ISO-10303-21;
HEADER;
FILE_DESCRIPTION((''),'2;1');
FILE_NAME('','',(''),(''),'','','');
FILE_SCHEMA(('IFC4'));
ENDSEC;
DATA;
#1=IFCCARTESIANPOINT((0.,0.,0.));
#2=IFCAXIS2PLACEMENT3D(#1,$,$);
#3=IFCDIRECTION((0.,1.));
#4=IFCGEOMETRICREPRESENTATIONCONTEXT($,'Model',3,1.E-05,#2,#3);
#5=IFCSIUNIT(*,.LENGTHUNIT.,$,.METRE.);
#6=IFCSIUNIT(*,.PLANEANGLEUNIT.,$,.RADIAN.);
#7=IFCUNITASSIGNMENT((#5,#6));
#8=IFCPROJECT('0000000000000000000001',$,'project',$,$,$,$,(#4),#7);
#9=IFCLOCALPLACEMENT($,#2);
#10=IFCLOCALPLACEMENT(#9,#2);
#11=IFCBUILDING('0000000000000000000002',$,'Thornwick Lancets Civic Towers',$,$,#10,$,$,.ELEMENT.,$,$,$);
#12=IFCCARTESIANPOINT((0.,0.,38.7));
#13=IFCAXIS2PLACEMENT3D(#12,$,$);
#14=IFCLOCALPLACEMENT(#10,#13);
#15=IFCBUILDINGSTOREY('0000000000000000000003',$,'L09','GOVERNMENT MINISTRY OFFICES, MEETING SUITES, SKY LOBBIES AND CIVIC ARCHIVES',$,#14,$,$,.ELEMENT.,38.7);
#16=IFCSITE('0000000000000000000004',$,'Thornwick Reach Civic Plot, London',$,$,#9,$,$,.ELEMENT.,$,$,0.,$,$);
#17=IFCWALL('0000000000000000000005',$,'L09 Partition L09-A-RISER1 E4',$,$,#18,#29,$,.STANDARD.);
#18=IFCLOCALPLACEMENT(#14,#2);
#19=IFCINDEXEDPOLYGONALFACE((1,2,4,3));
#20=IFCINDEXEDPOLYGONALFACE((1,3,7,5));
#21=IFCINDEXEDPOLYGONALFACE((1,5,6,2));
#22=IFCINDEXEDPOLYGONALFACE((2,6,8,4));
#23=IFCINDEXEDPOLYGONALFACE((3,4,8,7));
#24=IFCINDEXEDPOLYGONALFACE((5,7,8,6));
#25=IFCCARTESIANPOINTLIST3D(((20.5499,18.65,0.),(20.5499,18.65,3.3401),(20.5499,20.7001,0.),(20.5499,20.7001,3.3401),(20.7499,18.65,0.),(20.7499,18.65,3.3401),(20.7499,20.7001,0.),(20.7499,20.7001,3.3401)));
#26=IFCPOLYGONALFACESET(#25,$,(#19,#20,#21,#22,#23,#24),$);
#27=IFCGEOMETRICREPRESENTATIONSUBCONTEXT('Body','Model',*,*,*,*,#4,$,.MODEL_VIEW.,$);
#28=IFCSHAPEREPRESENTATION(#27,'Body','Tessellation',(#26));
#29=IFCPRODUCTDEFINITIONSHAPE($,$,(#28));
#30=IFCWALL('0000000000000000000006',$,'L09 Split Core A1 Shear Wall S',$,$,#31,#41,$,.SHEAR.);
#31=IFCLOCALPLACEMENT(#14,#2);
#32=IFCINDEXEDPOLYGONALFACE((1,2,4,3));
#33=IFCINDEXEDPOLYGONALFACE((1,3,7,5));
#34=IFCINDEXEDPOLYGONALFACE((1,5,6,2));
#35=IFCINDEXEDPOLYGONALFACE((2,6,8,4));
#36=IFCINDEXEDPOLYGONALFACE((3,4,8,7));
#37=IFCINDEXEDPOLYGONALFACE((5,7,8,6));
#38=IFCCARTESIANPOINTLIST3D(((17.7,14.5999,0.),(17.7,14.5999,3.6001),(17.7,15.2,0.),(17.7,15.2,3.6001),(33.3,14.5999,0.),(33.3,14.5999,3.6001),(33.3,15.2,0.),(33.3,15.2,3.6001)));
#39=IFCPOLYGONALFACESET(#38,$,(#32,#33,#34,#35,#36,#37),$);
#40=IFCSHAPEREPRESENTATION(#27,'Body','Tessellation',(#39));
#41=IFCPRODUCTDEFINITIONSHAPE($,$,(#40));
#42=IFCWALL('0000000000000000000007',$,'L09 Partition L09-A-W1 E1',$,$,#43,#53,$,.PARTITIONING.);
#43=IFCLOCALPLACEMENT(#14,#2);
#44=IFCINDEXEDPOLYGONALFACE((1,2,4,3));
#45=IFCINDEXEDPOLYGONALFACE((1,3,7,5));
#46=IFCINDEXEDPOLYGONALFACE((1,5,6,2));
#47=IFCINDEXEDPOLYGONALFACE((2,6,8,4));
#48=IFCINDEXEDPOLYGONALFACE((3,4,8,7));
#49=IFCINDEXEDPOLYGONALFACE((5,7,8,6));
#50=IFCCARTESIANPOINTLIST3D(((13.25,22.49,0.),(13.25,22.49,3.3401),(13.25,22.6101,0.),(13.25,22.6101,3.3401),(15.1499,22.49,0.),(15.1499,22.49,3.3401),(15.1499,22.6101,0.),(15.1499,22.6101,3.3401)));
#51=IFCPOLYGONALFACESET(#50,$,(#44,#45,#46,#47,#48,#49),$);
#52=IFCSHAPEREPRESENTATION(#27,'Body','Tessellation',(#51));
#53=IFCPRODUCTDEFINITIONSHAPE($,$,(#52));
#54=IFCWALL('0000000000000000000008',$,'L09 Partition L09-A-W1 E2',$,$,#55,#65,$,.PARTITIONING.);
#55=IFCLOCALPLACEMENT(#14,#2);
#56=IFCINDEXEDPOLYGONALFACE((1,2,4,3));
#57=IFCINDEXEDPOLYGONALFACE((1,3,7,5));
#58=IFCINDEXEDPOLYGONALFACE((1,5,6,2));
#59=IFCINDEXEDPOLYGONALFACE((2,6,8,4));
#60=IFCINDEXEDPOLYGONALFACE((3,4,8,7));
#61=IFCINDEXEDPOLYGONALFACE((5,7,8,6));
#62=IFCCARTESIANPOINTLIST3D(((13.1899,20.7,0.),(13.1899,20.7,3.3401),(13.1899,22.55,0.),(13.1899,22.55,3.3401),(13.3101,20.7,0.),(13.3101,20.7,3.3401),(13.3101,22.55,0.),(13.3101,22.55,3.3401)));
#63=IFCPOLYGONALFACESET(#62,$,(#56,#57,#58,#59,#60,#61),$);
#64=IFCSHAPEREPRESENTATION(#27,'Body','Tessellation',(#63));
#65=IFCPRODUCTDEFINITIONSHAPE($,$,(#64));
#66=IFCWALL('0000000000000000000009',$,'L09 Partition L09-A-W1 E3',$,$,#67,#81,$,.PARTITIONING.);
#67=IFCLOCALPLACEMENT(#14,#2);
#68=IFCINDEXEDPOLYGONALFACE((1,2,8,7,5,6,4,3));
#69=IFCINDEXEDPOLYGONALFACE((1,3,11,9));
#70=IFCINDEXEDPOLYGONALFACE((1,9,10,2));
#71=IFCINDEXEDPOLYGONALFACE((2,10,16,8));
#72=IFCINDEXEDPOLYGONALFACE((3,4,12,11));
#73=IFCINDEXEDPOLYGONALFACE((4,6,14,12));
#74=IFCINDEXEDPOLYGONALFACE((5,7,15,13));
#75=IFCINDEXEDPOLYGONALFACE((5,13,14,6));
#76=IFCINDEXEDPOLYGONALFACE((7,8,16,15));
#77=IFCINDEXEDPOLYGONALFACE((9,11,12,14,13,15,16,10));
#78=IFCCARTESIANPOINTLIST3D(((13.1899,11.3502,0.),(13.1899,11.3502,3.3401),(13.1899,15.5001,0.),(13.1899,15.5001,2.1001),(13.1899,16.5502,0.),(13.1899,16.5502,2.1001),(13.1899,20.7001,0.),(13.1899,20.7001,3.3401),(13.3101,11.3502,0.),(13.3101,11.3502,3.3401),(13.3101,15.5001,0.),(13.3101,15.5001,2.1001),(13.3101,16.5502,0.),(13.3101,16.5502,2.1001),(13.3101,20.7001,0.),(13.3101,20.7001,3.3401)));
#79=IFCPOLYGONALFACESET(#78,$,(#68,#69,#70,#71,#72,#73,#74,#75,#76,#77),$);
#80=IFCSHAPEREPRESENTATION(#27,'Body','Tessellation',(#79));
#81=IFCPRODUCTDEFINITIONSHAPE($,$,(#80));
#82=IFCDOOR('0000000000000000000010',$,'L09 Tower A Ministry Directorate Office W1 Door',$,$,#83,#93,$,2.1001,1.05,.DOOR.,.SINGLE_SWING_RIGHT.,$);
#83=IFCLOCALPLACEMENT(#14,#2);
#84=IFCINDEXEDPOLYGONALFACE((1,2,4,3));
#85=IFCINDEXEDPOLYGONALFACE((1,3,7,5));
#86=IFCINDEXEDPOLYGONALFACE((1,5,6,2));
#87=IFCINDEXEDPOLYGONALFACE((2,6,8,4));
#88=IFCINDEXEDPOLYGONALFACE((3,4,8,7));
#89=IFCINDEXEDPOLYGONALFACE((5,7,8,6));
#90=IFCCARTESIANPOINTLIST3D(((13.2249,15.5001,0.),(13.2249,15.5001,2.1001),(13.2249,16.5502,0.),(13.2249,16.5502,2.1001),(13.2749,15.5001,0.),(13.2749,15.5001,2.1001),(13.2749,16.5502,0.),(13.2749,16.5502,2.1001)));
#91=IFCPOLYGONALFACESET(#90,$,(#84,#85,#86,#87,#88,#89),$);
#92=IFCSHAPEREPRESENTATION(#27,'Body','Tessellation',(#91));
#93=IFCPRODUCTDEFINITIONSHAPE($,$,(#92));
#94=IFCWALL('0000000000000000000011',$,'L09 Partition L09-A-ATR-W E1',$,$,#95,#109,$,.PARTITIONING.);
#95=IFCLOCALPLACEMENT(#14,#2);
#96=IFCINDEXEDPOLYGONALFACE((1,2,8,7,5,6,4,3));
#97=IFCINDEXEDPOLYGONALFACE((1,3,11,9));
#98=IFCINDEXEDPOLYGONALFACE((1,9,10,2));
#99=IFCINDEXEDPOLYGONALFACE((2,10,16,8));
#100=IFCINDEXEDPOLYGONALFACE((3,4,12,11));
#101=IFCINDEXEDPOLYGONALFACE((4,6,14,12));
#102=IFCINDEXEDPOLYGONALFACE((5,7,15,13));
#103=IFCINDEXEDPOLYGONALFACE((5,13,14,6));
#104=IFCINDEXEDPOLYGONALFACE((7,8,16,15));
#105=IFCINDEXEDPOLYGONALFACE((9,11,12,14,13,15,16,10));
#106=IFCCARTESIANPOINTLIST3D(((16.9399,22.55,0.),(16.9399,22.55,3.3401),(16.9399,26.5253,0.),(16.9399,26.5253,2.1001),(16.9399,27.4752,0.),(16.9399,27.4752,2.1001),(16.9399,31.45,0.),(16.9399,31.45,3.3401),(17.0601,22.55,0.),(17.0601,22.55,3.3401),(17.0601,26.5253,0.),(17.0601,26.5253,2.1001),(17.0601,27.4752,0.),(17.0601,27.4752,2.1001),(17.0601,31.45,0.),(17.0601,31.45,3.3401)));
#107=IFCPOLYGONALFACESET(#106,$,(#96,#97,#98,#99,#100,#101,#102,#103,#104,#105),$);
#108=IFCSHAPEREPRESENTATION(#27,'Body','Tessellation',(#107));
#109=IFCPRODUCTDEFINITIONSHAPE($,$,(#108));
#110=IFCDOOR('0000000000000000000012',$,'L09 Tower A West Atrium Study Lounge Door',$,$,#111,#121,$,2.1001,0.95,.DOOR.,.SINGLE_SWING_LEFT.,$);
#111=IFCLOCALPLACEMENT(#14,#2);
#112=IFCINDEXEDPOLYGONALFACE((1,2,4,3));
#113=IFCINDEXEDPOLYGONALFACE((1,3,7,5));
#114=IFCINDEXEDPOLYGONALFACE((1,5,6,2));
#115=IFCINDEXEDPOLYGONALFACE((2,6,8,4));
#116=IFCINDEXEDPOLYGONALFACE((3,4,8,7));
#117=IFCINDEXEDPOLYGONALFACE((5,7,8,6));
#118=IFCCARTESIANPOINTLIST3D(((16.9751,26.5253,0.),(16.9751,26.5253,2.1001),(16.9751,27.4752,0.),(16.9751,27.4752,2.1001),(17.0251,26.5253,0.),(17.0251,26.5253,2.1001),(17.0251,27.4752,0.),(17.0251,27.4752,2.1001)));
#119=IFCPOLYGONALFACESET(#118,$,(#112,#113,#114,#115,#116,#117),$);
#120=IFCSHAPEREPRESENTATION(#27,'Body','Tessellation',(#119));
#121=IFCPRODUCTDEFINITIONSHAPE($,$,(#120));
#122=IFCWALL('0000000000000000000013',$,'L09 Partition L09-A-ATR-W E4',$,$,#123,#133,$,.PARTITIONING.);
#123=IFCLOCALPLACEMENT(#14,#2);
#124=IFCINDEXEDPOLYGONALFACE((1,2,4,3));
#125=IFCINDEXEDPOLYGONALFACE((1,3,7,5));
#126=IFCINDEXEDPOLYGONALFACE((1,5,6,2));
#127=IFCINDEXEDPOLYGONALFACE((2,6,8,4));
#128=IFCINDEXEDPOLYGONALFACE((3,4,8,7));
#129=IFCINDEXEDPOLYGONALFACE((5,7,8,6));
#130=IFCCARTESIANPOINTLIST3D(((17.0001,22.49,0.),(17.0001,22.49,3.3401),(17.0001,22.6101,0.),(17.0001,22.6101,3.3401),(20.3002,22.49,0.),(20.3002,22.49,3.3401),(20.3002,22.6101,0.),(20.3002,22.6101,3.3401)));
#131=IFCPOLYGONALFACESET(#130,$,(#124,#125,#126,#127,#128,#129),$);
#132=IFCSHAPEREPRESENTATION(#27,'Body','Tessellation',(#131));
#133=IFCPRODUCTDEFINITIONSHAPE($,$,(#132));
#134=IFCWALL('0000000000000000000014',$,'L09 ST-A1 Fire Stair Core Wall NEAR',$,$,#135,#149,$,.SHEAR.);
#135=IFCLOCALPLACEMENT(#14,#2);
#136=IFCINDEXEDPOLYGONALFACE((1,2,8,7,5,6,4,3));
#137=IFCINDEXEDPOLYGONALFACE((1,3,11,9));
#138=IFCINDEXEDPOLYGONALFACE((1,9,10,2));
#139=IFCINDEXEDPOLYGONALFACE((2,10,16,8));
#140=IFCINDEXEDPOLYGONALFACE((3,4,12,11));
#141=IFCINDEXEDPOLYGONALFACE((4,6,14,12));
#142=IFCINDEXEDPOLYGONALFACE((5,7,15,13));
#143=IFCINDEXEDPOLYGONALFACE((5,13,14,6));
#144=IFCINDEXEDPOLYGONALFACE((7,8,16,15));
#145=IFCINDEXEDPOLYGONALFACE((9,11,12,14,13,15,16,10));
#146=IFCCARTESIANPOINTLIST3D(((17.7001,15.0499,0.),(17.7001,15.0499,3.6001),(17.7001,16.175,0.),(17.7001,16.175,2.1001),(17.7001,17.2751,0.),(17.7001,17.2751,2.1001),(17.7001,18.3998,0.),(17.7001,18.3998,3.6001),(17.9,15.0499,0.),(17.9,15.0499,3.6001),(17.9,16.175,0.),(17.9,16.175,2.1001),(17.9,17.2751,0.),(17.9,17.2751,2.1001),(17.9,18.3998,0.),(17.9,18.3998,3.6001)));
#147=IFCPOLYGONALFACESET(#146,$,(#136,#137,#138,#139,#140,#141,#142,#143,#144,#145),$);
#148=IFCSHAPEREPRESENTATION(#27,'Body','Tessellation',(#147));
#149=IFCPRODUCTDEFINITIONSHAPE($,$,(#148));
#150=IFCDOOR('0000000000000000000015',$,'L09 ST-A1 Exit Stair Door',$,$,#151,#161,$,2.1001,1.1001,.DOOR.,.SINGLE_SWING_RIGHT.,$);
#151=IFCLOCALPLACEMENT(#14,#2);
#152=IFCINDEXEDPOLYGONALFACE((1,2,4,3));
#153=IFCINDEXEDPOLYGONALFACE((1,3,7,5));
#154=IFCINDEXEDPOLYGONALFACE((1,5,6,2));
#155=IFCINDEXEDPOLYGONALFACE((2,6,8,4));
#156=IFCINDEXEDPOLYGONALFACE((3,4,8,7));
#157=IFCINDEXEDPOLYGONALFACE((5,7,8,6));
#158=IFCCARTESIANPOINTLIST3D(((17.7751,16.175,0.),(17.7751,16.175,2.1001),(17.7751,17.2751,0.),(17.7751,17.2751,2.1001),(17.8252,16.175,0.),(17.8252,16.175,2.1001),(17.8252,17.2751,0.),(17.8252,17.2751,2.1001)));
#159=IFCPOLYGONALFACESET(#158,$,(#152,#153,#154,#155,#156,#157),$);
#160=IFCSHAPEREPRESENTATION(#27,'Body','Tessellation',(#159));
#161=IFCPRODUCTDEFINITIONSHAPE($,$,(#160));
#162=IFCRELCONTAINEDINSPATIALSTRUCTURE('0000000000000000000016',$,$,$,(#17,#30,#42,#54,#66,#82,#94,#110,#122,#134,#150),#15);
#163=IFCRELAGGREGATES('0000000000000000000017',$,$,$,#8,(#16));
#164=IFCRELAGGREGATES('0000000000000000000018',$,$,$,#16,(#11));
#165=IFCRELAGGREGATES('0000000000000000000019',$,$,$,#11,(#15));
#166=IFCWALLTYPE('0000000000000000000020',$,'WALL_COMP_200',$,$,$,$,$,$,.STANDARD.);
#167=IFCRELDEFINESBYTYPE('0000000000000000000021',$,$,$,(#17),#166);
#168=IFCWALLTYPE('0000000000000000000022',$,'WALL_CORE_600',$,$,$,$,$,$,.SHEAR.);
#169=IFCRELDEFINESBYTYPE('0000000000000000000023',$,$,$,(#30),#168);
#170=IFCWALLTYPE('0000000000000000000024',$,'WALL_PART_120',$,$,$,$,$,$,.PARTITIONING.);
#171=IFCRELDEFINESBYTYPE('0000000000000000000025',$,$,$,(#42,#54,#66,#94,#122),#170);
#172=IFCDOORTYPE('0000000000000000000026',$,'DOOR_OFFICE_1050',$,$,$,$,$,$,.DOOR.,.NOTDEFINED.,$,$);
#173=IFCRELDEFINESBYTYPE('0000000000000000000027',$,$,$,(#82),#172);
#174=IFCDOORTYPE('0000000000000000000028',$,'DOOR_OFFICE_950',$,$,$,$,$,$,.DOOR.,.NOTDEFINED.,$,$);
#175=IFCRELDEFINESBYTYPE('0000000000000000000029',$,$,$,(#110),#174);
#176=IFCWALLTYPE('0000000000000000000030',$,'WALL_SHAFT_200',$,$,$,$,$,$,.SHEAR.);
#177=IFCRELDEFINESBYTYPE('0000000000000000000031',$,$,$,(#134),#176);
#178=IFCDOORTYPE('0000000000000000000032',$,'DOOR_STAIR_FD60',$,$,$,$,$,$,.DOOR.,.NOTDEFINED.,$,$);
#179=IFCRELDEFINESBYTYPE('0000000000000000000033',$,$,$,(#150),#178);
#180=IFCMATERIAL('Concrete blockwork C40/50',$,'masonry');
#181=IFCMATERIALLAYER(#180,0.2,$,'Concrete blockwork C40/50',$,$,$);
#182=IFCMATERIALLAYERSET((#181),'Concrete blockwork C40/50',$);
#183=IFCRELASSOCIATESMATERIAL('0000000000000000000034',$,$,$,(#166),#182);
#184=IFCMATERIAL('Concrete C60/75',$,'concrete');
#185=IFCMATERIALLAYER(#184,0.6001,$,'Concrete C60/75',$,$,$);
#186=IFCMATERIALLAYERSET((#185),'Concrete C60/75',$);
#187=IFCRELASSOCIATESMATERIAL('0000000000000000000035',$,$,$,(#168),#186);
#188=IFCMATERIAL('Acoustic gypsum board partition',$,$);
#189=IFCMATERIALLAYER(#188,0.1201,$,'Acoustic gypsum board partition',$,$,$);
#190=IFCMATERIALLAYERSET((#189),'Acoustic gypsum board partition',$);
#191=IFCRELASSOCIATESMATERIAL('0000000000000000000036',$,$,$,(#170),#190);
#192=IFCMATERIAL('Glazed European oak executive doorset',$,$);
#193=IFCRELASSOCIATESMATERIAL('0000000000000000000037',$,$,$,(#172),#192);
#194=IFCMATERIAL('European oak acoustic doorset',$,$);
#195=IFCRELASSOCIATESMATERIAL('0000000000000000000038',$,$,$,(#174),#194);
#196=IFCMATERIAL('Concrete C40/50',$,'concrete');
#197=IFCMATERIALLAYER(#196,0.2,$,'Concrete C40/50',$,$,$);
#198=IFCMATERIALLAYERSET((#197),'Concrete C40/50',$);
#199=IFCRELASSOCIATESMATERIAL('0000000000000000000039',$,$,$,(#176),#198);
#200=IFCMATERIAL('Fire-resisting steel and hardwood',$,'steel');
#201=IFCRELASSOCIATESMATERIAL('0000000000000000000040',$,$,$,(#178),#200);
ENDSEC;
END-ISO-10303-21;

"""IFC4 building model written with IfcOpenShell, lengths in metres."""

from ifc_helpers import new_model, si_unit, direction, frame, frame_2d, origin, place, context, subcontext, project, spatial, rectangle, extrude, material, layer, layer_set, type_object, element, fill, save


model = new_model("IFC4")

# Units and contexts
model_context = context("Model", 3, precision=1e-05, world=origin(), true_north=direction((0.0, 1.0)))
body_context = subcontext(model_context, "Body", "Model", "MODEL_VIEW")
ifc_project = project(units=[si_unit("LENGTHUNIT", "METRE"), si_unit("PLANEANGLEUNIT", "RADIAN")], contexts=[model_context])

# Site, building, storey
site_placement = place(None, origin())
site = spatial("IfcSite", under=ifc_project, at=site_placement, Name="Thornwick Reach Civic Plot, London", CompositionType="ELEMENT", RefElevation=0.0)
building_placement = place(site_placement, origin())
building = spatial("IfcBuilding", under=site, at=building_placement, Name="Thornwick Lancets Civic Towers", CompositionType="ELEMENT")
storey_placement = place(building_placement, frame((0.0, 0.0, 38.7)))
storey = spatial("IfcBuildingStorey", under=building, at=storey_placement, Name="L09", Description="GOVERNMENT MINISTRY OFFICES, MEETING SUITES, SKY LOBBIES AND CIVIC ARCHIVES", CompositionType="ELEMENT", Elevation=38.7)

# Shared definitions
ifc_material_1 = material(Name="Concrete C60/75", Category="concrete")

# Shared definitions
ifc_material_2 = material(Name="Concrete blockwork C40/50", Category="masonry")
ifc_layer_1 = layer(ifc_material_2, 0.2, Name="Concrete blockwork C40/50")
ifc_layer_set_1 = layer_set([ifc_layer_1], Name="Concrete blockwork C40/50")
wall_type_1 = type_object("IfcWallType", Name="WALL_COMP_200", PredefinedType="STANDARD", material=ifc_layer_set_1)

# Walls
wall_1_placement = place(storey_placement, frame((20.6499, 20.7, 0.0), z_axis=(0.0, 0.0, 1.0), x_axis=(0.0, -1.0, 0.0)))
element("IfcWall", 1, at=wall_1_placement, inside=storey, type_object=wall_type_1, Name="L09 Partition L09-A-RISER1 E4", PredefinedType="STANDARD", context=body_context, shape_type="SweptSolid", body=[
    extrude(rectangle(XDim=2.05, YDim=0.2, at=frame_2d((1.0249, 0.0))), origin(), (0.0, 0.0, 1.0), 3.3401),
])
ifc_layer_2 = layer(ifc_material_1, 0.6001, Name="Concrete C60/75")
ifc_layer_set_2 = layer_set([ifc_layer_2], Name="Concrete C60/75")
wall_type_2 = type_object("IfcWallType", Name="WALL_CORE_600", PredefinedType="SHEAR", material=ifc_layer_set_2)
wall_2_placement = place(storey_placement, frame((17.7, 14.8999, 0.0), z_axis=(0.0, 0.0, 1.0), x_axis=(1.0, 0.0, 0.0)))
element("IfcWall", 2, at=wall_2_placement, inside=storey, type_object=wall_type_2, Name="L09 Split Core A1 Shear Wall S", PredefinedType="SHEAR", context=body_context, shape_type="SweptSolid", body=[
    extrude(rectangle(XDim=15.6001, YDim=0.6001, at=frame_2d((7.8, 0.0))), origin(), (0.0, 0.0, 1.0), 3.6001),
])
ifc_material_3 = material(Name="Acoustic gypsum board partition")
ifc_layer_3 = layer(ifc_material_3, 0.1201, Name="Acoustic gypsum board partition")
ifc_layer_set_3 = layer_set([ifc_layer_3], Name="Acoustic gypsum board partition")
wall_type_3 = type_object("IfcWallType", Name="WALL_PART_120", PredefinedType="PARTITIONING", material=ifc_layer_set_3)
wall_3_placement = place(storey_placement, frame((15.1499, 22.55, 0.0), z_axis=(0.0, 0.0, 1.0), x_axis=(-1.0, 0.0, 0.0)))
element("IfcWall", 3, at=wall_3_placement, inside=storey, type_object=wall_type_3, Name="L09 Partition L09-A-W1 E1", PredefinedType="PARTITIONING", context=body_context, shape_type="SweptSolid", body=[
    extrude(rectangle(XDim=1.8999, YDim=0.1201, at=frame_2d((0.95, 0.0))), origin(), (0.0, 0.0, 1.0), 3.3401),
])
wall_4_placement = place(storey_placement, frame((13.25, 22.55, 0.0), z_axis=(0.0, 0.0, 1.0), x_axis=(0.0, -1.0, 0.0)))
element("IfcWall", 4, at=wall_4_placement, inside=storey, type_object=wall_type_3, Name="L09 Partition L09-A-W1 E2", PredefinedType="PARTITIONING", context=body_context, shape_type="SweptSolid", body=[
    extrude(rectangle(XDim=1.8501, YDim=0.1201, at=frame_2d((0.925, 0.0))), origin(), (0.0, 0.0, 1.0), 3.3401),
])

# Walls, openings, doors
wall_5_placement = place(storey_placement, frame((13.25, 20.7, 0.0), z_axis=(0.0, 0.0, 1.0), x_axis=(0.0, -1.0, 0.0)))
wall_5 = element("IfcWall", 5, at=wall_5_placement, inside=storey, type_object=wall_type_3, Name="L09 Partition L09-A-W1 E3", PredefinedType="PARTITIONING", context=body_context, shape_type="SweptSolid", body=[
    extrude(rectangle(XDim=9.3499, YDim=0.1201, at=frame_2d((4.6748, 0.0))), origin(), (0.0, 0.0, 1.0), 3.3401),
])
opening_1_placement = place(wall_5_placement, frame((4.1499, 0.0, 0.0)))
opening_1 = element("IfcOpeningElement", 6, at=opening_1_placement, cuts=wall_5, PredefinedType="OPENING", context=body_context, shape_type="SweptSolid", body=[
    extrude(rectangle(XDim=1.05, YDim=2.1001, at=frame_2d((0.5249, 1.05))), frame((0.0, 0.0701, 0.0), z_axis=(0.0, -1.0, 0.0), x_axis=(1.0, 0.0, 0.0)), (0.0, 0.0, 1.0), 0.1401),
])
ifc_material_4 = material(Name="Glazed European oak executive doorset")
door_type_1 = type_object("IfcDoorType", Name="DOOR_OFFICE_1050", OperationType="NOTDEFINED", PredefinedType="DOOR", material=ifc_material_4)
door_1_placement = place(opening_1_placement, origin())
door_1 = element("IfcDoor", 7, at=door_1_placement, inside=storey, type_object=door_type_1, Name="L09 Tower A Ministry Directorate Office W1 Door", OperationType="SINGLE_SWING_RIGHT", OverallHeight=2.1001, OverallWidth=1.05, PredefinedType="DOOR", context=body_context, shape_type="SweptSolid", body=[
    extrude(rectangle(XDim=1.05, YDim=2.1001, at=frame_2d((0.5249, 1.05))), frame((0.0, 0.0249, 0.0), z_axis=(0.0, -1.0, 0.0), x_axis=(1.0, 0.0, 0.0)), (0.0, 0.0, 1.0), 0.05),
])
fill(opening_1, door_1)
wall_6_placement = place(storey_placement, frame((17.0, 22.55, 0.0), z_axis=(0.0, 0.0, 1.0), x_axis=(0.0, 1.0, 0.0)))
wall_6 = element("IfcWall", 8, at=wall_6_placement, inside=storey, type_object=wall_type_3, Name="L09 Partition L09-A-ATR-W E1", PredefinedType="PARTITIONING", context=body_context, shape_type="SweptSolid", body=[
    extrude(rectangle(XDim=8.8999, YDim=0.1201, at=frame_2d((4.45, 0.0))), origin(), (0.0, 0.0, 1.0), 3.3401),
])
opening_2_placement = place(wall_6_placement, frame((3.9751, 0.0, 0.0)))
opening_2 = element("IfcOpeningElement", 9, at=opening_2_placement, cuts=wall_6, PredefinedType="OPENING", context=body_context, shape_type="SweptSolid", body=[
    extrude(rectangle(XDim=0.95, YDim=2.1001, at=frame_2d((0.4751, 1.05))), frame((0.0, 0.0701, 0.0), z_axis=(0.0, -1.0, 0.0), x_axis=(1.0, 0.0, 0.0)), (0.0, 0.0, 1.0), 0.1401),
])
ifc_material_5 = material(Name="European oak acoustic doorset")
door_type_2 = type_object("IfcDoorType", Name="DOOR_OFFICE_950", OperationType="NOTDEFINED", PredefinedType="DOOR", material=ifc_material_5)
door_2_placement = place(opening_2_placement, origin())
door_2 = element("IfcDoor", 10, at=door_2_placement, inside=storey, type_object=door_type_2, Name="L09 Tower A West Atrium Study Lounge Door", OperationType="SINGLE_SWING_LEFT", OverallHeight=2.1001, OverallWidth=0.95, PredefinedType="DOOR", context=body_context, shape_type="SweptSolid", body=[
    extrude(rectangle(XDim=0.95, YDim=2.1001, at=frame_2d((0.4751, 1.05))), frame((0.0, 0.0249, 0.0), z_axis=(0.0, -1.0, 0.0), x_axis=(1.0, 0.0, 0.0)), (0.0, 0.0, 1.0), 0.05),
])
fill(opening_2, door_2)

# Wall
wall_7_placement = place(storey_placement, frame((20.3, 22.55, 0.0), z_axis=(0.0, 0.0, 1.0), x_axis=(-1.0, 0.0, 0.0)))
element("IfcWall", 11, at=wall_7_placement, inside=storey, type_object=wall_type_3, Name="L09 Partition L09-A-ATR-W E4", PredefinedType="PARTITIONING", context=body_context, shape_type="SweptSolid", body=[
    extrude(rectangle(XDim=3.3, YDim=0.1201, at=frame_2d((1.6499, 0.0))), origin(), (0.0, 0.0, 1.0), 3.3401),
])

# Wall, opening, door
ifc_material_6 = material(Name="Concrete C40/50", Category="concrete")
ifc_layer_4 = layer(ifc_material_6, 0.2, Name="Concrete C40/50")
ifc_layer_set_4 = layer_set([ifc_layer_4], Name="Concrete C40/50")
wall_type_4 = type_object("IfcWallType", Name="WALL_SHAFT_200", PredefinedType="SHEAR", material=ifc_layer_set_4)
wall_8_placement = place(storey_placement, frame((17.8, 15.05, 0.0), z_axis=(0.0, 0.0, 1.0), x_axis=(0.0, 1.0, 0.0)))
wall_8 = element("IfcWall", 12, at=wall_8_placement, inside=storey, type_object=wall_type_4, Name="L09 ST-A1 Fire Stair Core Wall NEAR", PredefinedType="SHEAR", context=body_context, shape_type="SweptSolid", body=[
    extrude(rectangle(XDim=3.3499, YDim=0.2, at=frame_2d((1.6748, 0.0))), origin(), (0.0, 0.0, 1.0), 3.6001),
])
opening_3_placement = place(wall_8_placement, frame((1.125, 0.0, 0.0)))
opening_3 = element("IfcOpeningElement", 13, at=opening_3_placement, cuts=wall_8, PredefinedType="OPENING", context=body_context, shape_type="SweptSolid", body=[
    extrude(rectangle(XDim=1.1001, YDim=2.1001, at=frame_2d((0.55, 1.05))), frame((0.0, 0.1099, 0.0), z_axis=(0.0, -1.0, 0.0), x_axis=(1.0, 0.0, 0.0)), (0.0, 0.0, 1.0), 0.22),
])
ifc_material_7 = material(Name="Fire-resisting steel and hardwood", Category="steel")
door_type_3 = type_object("IfcDoorType", Name="DOOR_STAIR_FD60", OperationType="NOTDEFINED", PredefinedType="DOOR", material=ifc_material_7)
door_3_placement = place(opening_3_placement, origin())
door_3 = element("IfcDoor", 14, at=door_3_placement, inside=storey, type_object=door_type_3, Name="L09 ST-A1 Exit Stair Door", OperationType="SINGLE_SWING_RIGHT", OverallHeight=2.1001, OverallWidth=1.1001, PredefinedType="DOOR", context=body_context, shape_type="SweptSolid", body=[
    extrude(rectangle(XDim=1.1001, YDim=2.1001, at=frame_2d((0.55, 1.05))), frame((0.0, 0.0249, 0.0), z_axis=(0.0, -1.0, 0.0), x_axis=(1.0, 0.0, 0.0)), (0.0, 0.0, 1.0), 0.05),
])
fill(opening_3, door_3)

save(model, "model.ifc")
